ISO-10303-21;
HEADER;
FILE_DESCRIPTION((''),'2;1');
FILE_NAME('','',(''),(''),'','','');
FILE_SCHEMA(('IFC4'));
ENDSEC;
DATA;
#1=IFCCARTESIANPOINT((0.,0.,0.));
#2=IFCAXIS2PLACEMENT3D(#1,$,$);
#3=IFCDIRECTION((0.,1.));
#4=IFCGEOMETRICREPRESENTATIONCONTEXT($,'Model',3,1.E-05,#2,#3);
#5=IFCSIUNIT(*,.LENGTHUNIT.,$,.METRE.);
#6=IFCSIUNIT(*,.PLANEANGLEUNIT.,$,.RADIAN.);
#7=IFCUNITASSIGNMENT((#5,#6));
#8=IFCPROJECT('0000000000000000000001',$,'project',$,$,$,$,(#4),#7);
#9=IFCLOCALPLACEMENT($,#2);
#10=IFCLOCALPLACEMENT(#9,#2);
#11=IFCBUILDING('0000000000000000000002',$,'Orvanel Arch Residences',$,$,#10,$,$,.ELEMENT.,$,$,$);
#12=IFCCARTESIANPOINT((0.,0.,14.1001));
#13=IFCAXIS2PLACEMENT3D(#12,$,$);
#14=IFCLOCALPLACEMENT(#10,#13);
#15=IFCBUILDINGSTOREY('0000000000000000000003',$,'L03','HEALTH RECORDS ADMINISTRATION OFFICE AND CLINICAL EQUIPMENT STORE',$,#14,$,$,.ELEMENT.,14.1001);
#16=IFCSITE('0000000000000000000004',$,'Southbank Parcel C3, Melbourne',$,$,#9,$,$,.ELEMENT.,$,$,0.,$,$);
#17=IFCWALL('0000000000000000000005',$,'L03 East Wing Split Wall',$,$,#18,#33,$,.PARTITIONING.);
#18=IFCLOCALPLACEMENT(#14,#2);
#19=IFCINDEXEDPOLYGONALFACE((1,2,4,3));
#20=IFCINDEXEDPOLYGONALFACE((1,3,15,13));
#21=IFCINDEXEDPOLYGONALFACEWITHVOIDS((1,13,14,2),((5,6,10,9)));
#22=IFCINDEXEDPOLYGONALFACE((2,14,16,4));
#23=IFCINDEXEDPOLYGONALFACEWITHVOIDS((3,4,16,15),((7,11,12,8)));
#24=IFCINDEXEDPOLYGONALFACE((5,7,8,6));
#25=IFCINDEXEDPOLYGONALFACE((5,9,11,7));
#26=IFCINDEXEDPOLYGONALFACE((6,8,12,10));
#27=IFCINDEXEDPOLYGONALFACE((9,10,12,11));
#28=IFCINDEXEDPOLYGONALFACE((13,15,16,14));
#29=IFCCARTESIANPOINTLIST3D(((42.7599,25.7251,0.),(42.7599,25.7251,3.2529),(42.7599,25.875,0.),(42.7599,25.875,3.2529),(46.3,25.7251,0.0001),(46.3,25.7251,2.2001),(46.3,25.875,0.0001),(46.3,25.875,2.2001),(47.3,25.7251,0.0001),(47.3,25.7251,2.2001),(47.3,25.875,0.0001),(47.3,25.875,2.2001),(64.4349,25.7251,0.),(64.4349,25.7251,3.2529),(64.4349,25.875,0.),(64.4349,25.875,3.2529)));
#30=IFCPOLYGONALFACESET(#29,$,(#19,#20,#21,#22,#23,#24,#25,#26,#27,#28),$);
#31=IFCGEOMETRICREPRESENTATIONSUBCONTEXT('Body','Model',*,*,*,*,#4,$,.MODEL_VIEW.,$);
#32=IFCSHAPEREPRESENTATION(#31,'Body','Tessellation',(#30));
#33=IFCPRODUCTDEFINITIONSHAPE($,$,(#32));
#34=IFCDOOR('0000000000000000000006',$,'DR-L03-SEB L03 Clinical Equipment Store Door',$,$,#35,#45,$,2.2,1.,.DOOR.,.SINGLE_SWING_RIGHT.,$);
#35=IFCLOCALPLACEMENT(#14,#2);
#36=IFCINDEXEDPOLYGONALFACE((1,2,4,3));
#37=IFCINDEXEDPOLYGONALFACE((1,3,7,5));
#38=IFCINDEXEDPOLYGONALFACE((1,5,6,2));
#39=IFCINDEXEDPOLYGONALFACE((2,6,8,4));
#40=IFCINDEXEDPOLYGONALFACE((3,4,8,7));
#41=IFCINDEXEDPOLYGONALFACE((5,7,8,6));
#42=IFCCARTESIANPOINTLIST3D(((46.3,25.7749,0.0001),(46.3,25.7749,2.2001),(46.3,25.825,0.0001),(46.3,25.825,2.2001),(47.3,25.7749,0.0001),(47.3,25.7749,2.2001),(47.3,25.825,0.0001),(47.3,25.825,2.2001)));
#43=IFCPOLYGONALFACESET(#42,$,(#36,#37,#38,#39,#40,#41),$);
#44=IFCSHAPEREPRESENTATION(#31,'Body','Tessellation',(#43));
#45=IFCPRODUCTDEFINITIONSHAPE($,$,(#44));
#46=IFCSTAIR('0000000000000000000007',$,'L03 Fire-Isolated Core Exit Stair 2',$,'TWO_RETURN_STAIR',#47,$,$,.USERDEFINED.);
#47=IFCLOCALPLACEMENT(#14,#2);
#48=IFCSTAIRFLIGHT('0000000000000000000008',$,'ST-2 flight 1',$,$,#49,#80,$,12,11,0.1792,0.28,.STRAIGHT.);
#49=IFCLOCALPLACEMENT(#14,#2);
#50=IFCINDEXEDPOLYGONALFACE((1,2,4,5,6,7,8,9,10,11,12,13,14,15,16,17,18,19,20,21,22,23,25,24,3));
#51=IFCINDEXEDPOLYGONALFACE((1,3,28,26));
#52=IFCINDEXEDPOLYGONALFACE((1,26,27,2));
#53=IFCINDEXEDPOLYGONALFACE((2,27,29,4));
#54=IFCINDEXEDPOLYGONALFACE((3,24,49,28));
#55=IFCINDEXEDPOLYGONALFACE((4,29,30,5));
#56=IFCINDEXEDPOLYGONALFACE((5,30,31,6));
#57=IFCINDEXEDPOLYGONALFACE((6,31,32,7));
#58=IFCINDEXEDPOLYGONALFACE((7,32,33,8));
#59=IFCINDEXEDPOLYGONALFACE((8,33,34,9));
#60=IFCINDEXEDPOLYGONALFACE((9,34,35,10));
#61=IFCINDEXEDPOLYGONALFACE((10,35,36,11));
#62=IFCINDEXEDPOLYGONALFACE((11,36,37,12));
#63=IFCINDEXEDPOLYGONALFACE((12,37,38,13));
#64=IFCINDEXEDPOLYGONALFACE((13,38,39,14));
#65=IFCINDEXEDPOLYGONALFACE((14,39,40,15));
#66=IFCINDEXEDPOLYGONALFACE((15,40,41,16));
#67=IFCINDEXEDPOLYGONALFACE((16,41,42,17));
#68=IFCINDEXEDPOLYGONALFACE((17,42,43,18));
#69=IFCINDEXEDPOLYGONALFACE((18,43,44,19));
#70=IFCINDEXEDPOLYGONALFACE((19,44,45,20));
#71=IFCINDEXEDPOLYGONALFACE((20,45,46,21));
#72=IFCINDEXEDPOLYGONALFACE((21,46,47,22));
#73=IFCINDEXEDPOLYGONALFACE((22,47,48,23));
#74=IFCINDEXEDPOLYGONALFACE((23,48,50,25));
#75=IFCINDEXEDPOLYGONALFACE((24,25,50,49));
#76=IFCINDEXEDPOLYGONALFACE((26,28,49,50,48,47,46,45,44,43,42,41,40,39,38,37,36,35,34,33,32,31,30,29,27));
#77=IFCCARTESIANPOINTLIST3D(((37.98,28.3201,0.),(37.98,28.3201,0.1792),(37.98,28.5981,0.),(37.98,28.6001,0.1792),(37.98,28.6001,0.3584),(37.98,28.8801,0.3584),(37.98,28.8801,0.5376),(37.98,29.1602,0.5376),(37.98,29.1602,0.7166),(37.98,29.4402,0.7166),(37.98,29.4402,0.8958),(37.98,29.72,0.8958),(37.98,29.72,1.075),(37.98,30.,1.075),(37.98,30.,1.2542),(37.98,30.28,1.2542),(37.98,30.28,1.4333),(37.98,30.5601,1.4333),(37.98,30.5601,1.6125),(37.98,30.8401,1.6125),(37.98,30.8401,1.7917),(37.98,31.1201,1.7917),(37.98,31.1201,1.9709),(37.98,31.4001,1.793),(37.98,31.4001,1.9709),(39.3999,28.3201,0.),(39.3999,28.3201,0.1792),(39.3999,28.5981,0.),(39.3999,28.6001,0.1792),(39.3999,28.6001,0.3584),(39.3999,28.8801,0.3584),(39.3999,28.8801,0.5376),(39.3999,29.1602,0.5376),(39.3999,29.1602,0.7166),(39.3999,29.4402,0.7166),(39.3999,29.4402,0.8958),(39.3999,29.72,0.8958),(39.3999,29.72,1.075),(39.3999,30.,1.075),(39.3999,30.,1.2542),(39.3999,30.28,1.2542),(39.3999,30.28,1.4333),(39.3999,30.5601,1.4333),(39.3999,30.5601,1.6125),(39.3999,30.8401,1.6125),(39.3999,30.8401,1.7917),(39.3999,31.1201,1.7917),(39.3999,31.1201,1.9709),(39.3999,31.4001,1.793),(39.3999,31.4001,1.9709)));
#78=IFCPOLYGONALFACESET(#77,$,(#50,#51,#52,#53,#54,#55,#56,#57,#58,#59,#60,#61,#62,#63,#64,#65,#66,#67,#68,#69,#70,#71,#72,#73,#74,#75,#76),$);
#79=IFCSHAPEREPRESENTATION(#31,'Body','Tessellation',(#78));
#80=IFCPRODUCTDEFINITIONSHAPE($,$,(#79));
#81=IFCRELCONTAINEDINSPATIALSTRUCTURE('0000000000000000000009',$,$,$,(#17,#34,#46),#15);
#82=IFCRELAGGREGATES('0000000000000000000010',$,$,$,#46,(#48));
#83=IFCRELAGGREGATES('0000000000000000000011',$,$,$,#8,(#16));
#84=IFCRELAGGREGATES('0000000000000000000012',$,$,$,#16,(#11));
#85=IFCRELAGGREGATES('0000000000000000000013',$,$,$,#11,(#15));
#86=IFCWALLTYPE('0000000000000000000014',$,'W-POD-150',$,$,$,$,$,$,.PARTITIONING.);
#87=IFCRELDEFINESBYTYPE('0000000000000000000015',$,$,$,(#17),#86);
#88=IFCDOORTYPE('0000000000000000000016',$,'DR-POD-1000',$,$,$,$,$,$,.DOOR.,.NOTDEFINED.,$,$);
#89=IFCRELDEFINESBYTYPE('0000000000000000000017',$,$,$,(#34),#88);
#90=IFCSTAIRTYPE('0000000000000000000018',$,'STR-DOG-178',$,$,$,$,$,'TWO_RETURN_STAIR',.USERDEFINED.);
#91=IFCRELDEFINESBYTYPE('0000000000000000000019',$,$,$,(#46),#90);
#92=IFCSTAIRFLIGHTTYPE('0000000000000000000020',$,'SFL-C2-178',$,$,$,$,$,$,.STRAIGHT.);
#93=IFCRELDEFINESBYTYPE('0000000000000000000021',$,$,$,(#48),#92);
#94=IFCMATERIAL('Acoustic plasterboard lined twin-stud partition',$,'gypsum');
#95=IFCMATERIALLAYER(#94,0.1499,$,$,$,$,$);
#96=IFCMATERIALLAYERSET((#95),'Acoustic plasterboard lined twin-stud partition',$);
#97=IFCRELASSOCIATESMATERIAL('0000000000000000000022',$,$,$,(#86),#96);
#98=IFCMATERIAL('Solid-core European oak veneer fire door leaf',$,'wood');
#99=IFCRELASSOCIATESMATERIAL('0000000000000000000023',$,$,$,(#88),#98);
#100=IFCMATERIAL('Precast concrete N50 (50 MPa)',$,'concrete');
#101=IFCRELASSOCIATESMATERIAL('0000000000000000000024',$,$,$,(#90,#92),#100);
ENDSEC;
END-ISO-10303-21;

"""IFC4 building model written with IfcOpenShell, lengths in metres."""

from ifc_helpers import new_model, si_unit, direction, frame, frame_2d, origin, place, context, subcontext, project, spatial, polyline, rectangle, outline, extrude, material, layer, layer_set, type_object, element, fill, aggregate, save


model = new_model("IFC4")

# Units and contexts
model_context = context("Model", 3, precision=1e-05, world=origin(), true_north=direction((0.0, 1.0)))
body_context = subcontext(model_context, "Body", "Model", "MODEL_VIEW")
ifc_project = project(units=[si_unit("LENGTHUNIT", "METRE"), si_unit("PLANEANGLEUNIT", "RADIAN")], contexts=[model_context])

# Site, building, storey
site_placement = place(None, origin())
site = spatial("IfcSite", under=ifc_project, at=site_placement, Name="Southbank Parcel C3, Melbourne", CompositionType="ELEMENT", RefElevation=0.0)
building_placement = place(site_placement, origin())
building = spatial("IfcBuilding", under=site, at=building_placement, Name="Orvanel Arch Residences", CompositionType="ELEMENT")
storey_placement = place(building_placement, frame((0.0, 0.0, 14.1001)))
storey = spatial("IfcBuildingStorey", under=building, at=storey_placement, Name="L03", Description="HEALTH RECORDS ADMINISTRATION OFFICE AND CLINICAL EQUIPMENT STORE", CompositionType="ELEMENT", Elevation=14.1001)

# Wall, opening, door
ifc_material_1 = material(Name="Acoustic plasterboard lined twin-stud partition", Category="gypsum")
ifc_layer_1 = layer(ifc_material_1, 0.1499)
ifc_layer_set_1 = layer_set([ifc_layer_1], Name="Acoustic plasterboard lined twin-stud partition")
wall_type_1 = type_object("IfcWallType", Name="W-POD-150", PredefinedType="PARTITIONING", material=ifc_layer_set_1)
wall_1_placement = place(storey_placement, frame((42.76, 25.8, 0.0), z_axis=(0.0, 0.0, 1.0), x_axis=(1.0, 0.0, 0.0)))
wall_1 = element("IfcWall", 1, at=wall_1_placement, inside=storey, type_object=wall_type_1, Name="L03 East Wing Split Wall", PredefinedType="PARTITIONING", context=body_context, shape_type="SweptSolid", body=[
    extrude(rectangle(XDim=21.675, YDim=0.1499, at=frame_2d((10.8374, 0.0))), origin(), (0.0, 0.0, 1.0), 3.2529),
])
opening_1_placement = place(wall_1_placement, frame((3.54, 0.0, 0.0)))
opening_1 = element("IfcOpeningElement", 2, at=opening_1_placement, cuts=wall_1, PredefinedType="OPENING", context=body_context, shape_type="SweptSolid", body=[
    extrude(rectangle(XDim=1.0, YDim=2.2, at=frame_2d((0.5, 1.1001))), frame((0.0, 0.085, 0.0), z_axis=(0.0, -1.0, 0.0), x_axis=(1.0, 0.0, 0.0)), (0.0, 0.0, 1.0), 0.1699),
])
ifc_material_2 = material(Name="Solid-core European oak veneer fire door leaf", Category="wood")
door_type_1 = type_object("IfcDoorType", Name="DR-POD-1000", OperationType="NOTDEFINED", PredefinedType="DOOR", material=ifc_material_2)
door_1_placement = place(opening_1_placement, origin())
door_1 = element("IfcDoor", 3, at=door_1_placement, inside=storey, type_object=door_type_1, Name="DR-L03-SEB L03 Clinical Equipment Store Door", OperationType="SINGLE_SWING_RIGHT", OverallHeight=2.2, OverallWidth=1.0, PredefinedType="DOOR", context=body_context, shape_type="SweptSolid", body=[
    extrude(rectangle(XDim=1.0, YDim=2.2, at=frame_2d((0.5, 1.1001))), frame((0.0, 0.0249, 0.0), z_axis=(0.0, -1.0, 0.0), x_axis=(1.0, 0.0, 0.0)), (0.0, 0.0, 1.0), 0.05),
])
fill(opening_1, door_1)

# Stair, stair flight
ifc_material_3 = material(Name="Precast concrete N50 (50 MPa)", Category="concrete")
stair_type = type_object("IfcStairType", Name="STR-DOG-178", ElementType="TWO_RETURN_STAIR", PredefinedType="USERDEFINED", material=ifc_material_3)
stair_placement = place(storey_placement, origin())
stair = element("IfcStair", 4, at=stair_placement, inside=storey, type_object=stair_type, Name="L03 Fire-Isolated Core Exit Stair 2", ObjectType="TWO_RETURN_STAIR", PredefinedType="USERDEFINED")
stair_flight_type = type_object("IfcStairFlightType", Name="SFL-C2-178", PredefinedType="STRAIGHT", material=ifc_material_3)
stair_flight_placement = place(storey_placement, frame((38.6899, 28.3201, 0.0), z_axis=(0.0, 0.0, 1.0), x_axis=(0.0, 1.0, 0.0)))
stair_flight = element("IfcStairFlight", 5, at=stair_flight_placement, type_object=stair_flight_type, Name="ST-2 flight 1", NumberOfRisers=12, NumberOfTreads=11, PredefinedType="STRAIGHT", RiserHeight=0.1792, TreadLength=0.28, context=body_context, shape_type="SweptSolid", body=[
    extrude(outline(polyline([(0.0, 0.0), (0.0, 0.1792), (0.28, 0.1792), (0.28, 0.3584), (0.5601, 0.3584), (0.5601, 0.5376), (0.8401, 0.5376), (0.8401, 0.7166), (1.1201, 0.7166), (1.1201, 0.8958), (1.3999, 0.8958), (1.3999, 1.075), (1.6799, 1.075), (1.6799, 1.2542), (1.96, 1.2542), (1.96, 1.4333), (2.24, 1.4333), (2.24, 1.6125), (2.52, 1.6125), (2.52, 1.7917), (2.8, 1.7917), (2.8, 1.9709), (3.0801, 1.9709), (3.0801, 2.1499), (3.0801, 1.793), (0.2781, 0.0), (0.0, 0.0)])), frame((0.0, 0.71, 0.0), z_axis=(0.0, -1.0, 0.0), x_axis=(1.0, 0.0, 0.0)), (0.0, 0.0, 1.0), 1.4199),
])
aggregate(stair, [stair_flight])

save(model, "model.ifc")
